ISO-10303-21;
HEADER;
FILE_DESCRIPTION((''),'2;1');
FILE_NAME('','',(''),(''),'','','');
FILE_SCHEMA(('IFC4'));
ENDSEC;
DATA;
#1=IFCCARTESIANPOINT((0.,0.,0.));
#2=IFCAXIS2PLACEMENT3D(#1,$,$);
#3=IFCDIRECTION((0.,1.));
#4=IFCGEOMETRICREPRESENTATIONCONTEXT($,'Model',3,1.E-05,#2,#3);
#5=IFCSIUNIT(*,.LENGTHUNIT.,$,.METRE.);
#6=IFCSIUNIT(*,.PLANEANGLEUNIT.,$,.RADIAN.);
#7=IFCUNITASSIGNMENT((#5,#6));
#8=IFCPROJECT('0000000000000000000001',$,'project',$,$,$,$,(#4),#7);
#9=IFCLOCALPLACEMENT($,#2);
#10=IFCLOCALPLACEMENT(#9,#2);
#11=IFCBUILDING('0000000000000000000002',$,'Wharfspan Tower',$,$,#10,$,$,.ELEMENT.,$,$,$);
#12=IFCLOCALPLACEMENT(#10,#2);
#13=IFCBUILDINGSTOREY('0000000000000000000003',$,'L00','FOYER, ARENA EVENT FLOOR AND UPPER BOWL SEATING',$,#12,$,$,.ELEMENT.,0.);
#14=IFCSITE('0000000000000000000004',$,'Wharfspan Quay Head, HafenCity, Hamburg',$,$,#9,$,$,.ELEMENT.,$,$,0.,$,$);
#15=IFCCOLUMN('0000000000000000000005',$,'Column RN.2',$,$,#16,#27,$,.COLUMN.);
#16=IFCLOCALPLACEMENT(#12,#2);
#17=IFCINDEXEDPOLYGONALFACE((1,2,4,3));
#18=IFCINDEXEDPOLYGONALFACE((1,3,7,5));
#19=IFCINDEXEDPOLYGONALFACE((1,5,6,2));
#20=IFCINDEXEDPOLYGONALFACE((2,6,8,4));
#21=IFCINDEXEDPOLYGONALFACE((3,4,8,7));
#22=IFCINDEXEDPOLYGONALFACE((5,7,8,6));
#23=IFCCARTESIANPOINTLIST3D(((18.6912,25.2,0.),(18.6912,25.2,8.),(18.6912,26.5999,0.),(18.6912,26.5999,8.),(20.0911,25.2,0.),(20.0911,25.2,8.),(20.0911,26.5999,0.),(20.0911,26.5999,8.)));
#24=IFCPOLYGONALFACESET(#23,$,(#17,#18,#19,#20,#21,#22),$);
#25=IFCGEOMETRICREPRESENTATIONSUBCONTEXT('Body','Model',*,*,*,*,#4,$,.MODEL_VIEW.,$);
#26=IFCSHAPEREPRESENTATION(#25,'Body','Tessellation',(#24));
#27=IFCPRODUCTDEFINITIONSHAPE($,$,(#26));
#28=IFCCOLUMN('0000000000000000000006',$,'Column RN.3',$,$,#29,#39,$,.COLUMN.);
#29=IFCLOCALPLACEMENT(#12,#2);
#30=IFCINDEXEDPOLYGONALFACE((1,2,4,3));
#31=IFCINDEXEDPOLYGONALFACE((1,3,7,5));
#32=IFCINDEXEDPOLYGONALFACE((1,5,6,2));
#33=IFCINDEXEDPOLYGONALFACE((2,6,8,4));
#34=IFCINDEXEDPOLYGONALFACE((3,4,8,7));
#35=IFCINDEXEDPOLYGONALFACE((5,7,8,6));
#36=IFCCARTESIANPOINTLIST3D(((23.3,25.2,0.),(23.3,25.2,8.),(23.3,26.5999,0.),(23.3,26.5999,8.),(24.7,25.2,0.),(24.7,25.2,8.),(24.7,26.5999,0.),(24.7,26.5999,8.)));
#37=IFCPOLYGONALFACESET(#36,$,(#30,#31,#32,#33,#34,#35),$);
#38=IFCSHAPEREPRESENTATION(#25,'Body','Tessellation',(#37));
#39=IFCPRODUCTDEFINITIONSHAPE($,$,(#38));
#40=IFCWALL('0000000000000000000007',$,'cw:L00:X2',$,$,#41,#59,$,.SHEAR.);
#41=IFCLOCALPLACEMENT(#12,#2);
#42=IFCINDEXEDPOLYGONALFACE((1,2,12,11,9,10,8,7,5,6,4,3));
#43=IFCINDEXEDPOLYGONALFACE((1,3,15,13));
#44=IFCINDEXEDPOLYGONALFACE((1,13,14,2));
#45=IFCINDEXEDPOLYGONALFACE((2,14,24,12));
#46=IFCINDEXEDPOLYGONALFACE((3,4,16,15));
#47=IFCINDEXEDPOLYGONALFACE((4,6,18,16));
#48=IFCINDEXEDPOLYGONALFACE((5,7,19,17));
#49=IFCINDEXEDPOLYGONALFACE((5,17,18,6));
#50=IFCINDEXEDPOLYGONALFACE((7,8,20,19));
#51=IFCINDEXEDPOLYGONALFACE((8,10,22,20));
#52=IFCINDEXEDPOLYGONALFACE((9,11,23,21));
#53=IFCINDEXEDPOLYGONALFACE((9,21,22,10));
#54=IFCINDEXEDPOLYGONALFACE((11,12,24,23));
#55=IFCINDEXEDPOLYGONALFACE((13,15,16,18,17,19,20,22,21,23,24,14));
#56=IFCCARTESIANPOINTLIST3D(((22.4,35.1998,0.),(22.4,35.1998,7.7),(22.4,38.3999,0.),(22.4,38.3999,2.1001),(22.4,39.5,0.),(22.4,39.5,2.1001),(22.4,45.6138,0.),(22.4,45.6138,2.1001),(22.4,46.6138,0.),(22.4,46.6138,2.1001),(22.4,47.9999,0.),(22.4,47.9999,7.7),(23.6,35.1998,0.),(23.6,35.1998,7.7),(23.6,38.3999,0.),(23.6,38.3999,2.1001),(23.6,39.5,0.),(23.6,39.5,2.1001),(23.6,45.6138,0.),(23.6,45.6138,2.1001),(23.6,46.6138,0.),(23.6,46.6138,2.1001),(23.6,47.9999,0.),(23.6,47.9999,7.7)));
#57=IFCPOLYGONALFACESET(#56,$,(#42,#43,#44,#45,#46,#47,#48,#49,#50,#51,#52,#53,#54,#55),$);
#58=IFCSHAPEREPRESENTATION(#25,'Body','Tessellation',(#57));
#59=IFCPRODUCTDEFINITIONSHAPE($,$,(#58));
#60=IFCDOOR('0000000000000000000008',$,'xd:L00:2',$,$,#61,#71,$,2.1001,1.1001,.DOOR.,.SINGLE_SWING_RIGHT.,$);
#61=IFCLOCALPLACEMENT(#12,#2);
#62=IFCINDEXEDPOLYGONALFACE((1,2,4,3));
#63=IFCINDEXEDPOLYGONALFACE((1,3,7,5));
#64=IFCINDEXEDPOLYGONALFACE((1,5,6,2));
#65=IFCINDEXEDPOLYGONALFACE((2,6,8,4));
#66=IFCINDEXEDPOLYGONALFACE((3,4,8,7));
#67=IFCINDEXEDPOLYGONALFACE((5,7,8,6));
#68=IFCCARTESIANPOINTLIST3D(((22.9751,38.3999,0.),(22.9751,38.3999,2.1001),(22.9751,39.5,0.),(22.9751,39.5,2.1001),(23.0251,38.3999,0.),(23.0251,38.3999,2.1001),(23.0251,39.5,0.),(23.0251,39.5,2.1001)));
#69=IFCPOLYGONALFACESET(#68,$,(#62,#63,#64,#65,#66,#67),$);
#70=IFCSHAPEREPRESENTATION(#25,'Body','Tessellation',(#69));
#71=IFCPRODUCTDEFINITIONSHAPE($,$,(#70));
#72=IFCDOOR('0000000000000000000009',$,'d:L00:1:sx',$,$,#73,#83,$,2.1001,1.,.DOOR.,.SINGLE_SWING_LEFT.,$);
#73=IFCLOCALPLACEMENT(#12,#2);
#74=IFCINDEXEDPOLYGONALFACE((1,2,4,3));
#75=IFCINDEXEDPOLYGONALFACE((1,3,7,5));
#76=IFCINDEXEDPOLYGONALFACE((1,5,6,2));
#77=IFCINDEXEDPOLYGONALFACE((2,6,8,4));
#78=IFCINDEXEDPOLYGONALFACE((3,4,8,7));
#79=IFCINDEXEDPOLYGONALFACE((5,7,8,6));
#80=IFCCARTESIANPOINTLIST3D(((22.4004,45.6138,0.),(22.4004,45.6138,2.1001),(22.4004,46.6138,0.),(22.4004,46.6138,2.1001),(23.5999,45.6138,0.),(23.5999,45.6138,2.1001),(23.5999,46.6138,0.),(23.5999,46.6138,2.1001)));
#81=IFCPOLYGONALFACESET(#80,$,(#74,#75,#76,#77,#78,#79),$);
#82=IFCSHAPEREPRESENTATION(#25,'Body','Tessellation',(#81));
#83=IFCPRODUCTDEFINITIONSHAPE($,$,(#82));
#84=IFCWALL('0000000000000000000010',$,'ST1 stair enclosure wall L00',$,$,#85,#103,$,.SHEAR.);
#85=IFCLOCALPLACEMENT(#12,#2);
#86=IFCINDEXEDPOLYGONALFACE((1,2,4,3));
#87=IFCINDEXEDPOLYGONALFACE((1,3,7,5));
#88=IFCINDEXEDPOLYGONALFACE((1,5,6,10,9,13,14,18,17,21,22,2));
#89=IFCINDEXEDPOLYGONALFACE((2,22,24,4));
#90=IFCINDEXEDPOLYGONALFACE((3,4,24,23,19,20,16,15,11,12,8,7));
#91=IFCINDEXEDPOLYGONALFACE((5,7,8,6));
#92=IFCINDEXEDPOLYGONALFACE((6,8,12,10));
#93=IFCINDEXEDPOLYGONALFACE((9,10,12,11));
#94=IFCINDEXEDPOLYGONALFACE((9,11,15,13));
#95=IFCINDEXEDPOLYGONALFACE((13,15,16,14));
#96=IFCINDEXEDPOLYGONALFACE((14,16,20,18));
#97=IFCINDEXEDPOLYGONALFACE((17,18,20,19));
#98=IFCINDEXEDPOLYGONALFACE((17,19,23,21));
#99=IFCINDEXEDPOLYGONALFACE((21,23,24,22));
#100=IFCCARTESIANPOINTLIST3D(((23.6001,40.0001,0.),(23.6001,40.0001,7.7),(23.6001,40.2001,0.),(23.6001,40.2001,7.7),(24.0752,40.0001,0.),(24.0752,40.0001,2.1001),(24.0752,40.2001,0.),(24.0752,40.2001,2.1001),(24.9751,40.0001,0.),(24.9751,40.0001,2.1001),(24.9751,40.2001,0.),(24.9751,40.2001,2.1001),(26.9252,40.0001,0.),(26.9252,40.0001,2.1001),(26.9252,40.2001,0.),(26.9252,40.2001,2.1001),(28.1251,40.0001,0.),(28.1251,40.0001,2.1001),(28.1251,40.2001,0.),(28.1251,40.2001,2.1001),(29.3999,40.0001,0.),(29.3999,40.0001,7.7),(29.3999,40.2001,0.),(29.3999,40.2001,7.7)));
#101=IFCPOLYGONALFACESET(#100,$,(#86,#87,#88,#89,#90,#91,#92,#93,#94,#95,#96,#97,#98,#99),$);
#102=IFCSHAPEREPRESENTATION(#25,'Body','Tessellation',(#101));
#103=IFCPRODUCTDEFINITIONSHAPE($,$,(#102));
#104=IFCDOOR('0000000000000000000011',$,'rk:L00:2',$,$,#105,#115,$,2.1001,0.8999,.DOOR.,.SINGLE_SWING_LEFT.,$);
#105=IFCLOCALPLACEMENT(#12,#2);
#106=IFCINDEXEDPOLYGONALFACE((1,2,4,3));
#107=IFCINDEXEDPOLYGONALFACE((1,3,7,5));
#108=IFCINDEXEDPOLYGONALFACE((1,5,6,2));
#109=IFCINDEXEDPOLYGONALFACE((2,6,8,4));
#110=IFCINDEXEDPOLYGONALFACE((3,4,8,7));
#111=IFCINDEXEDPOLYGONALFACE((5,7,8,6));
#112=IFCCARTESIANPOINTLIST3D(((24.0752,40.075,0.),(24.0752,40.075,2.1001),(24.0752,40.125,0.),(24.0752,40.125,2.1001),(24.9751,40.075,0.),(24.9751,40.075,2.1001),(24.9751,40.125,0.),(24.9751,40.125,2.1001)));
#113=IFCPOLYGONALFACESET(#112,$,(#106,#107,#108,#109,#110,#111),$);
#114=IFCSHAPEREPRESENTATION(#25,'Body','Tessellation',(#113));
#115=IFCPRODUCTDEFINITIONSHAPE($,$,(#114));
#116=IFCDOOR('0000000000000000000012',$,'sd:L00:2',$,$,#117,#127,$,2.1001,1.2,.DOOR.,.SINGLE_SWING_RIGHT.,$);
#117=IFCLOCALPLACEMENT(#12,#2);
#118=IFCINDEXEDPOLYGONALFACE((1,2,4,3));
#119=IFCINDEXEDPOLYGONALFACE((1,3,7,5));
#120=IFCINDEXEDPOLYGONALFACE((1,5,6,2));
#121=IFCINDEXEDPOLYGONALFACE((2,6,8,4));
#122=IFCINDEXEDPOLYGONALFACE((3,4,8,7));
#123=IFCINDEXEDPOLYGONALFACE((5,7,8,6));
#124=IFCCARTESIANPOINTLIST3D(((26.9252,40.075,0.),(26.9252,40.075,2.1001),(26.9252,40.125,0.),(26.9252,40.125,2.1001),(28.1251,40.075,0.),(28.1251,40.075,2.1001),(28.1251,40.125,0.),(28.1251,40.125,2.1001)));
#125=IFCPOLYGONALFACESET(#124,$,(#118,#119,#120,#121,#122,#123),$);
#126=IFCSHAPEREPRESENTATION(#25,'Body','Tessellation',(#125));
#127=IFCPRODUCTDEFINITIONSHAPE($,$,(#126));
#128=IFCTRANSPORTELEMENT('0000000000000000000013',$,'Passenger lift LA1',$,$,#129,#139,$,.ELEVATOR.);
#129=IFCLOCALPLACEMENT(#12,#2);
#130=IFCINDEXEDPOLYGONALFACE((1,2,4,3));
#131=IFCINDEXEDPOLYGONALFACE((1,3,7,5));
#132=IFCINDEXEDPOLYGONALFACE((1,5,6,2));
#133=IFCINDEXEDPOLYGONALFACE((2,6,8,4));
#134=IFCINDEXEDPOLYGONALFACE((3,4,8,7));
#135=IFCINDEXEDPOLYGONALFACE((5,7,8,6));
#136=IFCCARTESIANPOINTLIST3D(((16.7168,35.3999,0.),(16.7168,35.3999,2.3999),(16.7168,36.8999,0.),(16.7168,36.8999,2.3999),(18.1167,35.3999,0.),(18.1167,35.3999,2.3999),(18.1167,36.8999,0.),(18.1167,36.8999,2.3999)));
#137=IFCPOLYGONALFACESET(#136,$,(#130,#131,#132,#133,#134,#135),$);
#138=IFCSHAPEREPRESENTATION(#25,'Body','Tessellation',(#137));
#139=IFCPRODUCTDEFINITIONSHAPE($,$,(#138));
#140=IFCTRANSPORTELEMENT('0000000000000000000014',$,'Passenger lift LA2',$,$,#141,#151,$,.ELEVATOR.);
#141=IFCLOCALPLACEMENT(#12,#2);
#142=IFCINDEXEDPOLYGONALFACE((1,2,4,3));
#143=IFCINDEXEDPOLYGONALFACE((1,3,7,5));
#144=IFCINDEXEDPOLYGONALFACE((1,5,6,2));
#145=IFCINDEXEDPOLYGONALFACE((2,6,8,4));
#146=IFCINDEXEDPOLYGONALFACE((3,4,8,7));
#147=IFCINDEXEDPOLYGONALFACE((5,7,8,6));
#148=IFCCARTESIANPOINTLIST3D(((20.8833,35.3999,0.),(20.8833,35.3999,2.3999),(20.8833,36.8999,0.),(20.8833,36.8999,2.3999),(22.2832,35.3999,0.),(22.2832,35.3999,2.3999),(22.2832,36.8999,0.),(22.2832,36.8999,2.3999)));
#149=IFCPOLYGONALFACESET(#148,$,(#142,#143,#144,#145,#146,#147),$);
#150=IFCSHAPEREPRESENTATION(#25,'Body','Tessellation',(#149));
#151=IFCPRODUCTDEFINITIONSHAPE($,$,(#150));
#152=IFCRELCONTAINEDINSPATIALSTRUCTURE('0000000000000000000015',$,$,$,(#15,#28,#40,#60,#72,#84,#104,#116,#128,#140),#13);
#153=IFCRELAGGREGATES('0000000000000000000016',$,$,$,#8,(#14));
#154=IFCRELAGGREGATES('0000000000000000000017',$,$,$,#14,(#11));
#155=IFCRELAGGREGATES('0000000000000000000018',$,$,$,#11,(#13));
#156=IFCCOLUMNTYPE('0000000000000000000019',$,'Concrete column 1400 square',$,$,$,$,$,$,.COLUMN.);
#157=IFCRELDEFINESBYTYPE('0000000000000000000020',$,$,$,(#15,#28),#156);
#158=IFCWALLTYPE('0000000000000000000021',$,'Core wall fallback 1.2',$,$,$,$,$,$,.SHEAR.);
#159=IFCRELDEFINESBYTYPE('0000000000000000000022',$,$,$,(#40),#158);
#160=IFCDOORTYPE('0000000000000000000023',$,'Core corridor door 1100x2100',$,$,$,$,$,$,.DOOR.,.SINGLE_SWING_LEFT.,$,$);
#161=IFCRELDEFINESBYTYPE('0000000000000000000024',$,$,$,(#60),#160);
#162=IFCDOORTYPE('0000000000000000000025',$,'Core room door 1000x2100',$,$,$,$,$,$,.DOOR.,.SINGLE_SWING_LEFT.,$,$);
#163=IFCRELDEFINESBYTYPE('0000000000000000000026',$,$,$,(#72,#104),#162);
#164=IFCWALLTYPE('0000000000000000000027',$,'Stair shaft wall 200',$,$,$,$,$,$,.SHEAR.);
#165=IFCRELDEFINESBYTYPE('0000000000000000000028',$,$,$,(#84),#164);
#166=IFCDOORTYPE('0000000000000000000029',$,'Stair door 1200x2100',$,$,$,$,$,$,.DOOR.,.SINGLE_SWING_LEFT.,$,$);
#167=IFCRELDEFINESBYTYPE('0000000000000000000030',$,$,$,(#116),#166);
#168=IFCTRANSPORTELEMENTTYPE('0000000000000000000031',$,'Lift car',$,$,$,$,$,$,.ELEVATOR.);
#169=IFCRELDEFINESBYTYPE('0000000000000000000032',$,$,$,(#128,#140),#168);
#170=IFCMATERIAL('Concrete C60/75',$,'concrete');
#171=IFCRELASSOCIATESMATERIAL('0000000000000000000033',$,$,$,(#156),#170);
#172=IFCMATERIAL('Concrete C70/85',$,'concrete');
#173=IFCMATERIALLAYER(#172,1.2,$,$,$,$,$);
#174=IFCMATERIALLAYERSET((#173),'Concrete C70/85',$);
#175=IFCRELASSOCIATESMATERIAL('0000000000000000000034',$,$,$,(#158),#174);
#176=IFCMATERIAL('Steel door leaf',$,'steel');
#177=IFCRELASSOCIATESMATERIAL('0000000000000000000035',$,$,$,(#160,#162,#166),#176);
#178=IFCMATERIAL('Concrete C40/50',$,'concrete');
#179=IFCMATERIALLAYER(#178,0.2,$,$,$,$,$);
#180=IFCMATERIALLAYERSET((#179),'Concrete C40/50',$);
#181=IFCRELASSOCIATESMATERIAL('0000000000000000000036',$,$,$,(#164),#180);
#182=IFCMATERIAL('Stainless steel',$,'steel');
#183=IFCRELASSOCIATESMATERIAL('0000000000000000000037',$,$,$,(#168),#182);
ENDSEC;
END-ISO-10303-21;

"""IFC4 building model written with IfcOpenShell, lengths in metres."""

from ifc_helpers import new_model, si_unit, direction, frame, frame_2d, origin, origin_2d, place, context, subcontext, project, spatial, rectangle, extrude, material, layer, layer_set, material_profile, profile_set, type_object, element, fill, save


model = new_model("IFC4")

# Units and contexts
model_context = context("Model", 3, precision=1e-05, world=origin(), true_north=direction((0.0, 1.0)))
body_context = subcontext(model_context, "Body", "Model", "MODEL_VIEW")
ifc_project = project(units=[si_unit("LENGTHUNIT", "METRE"), si_unit("PLANEANGLEUNIT", "RADIAN")], contexts=[model_context])

# Site, building, storey
site_placement = place(None, origin())
site = spatial("IfcSite", under=ifc_project, at=site_placement, Name="Wharfspan Quay Head, HafenCity, Hamburg", CompositionType="ELEMENT", RefElevation=0.0)
building_placement = place(site_placement, origin())
building = spatial("IfcBuilding", under=site, at=building_placement, Name="Wharfspan Tower", CompositionType="ELEMENT")
storey_placement = place(building_placement, origin())
storey = spatial("IfcBuildingStorey", under=building, at=storey_placement, Name="L00", Description="FOYER, ARENA EVENT FLOOR AND UPPER BOWL SEATING", CompositionType="ELEMENT", Elevation=0.0)

# Columns
ifc_material_1 = material(Name="Concrete C60/75", Category="concrete")
ifc_material_profile = material_profile(ifc_material_1, rectangle(XDim=1.3999, YDim=1.3999, at=origin_2d()))
ifc_profile_set = profile_set([ifc_material_profile], Name="Concrete C60/75")
column_type = type_object("IfcColumnType", Name="Concrete column 1400 square", PredefinedType="COLUMN", material=ifc_profile_set)
for number, where, z_axis, x_axis, name in (
    (1, (19.3911, 25.8999, 0.0), (0.0, 0.0, 1.0), (1.0, 0.0, 0.0), "Column RN.2"),
    (2, (24.0, 25.8999, 0.0), (0.0, 0.0, 1.0), (1.0, 0.0, 0.0), "Column RN.3"),
):
    element("IfcColumn", number, at=place(storey_placement, frame(where, z_axis=z_axis, x_axis=x_axis)), inside=storey, type_object=column_type, Name=name, PredefinedType="COLUMN", context=body_context, shape_type="SweptSolid", body=[
        extrude(rectangle(XDim=1.3999, YDim=1.3999, at=origin_2d()), origin(), (0.0, 0.0, 1.0), 8.0),
    ])

# Walls, openings, doors
ifc_material_2 = material(Name="Concrete C70/85", Category="concrete")
ifc_layer_1 = layer(ifc_material_2, 1.2)
ifc_layer_set_1 = layer_set([ifc_layer_1], Name="Concrete C70/85")
wall_type_1 = type_object("IfcWallType", Name="Core wall fallback 1.2", PredefinedType="SHEAR", material=ifc_layer_set_1)
wall_1_placement = place(storey_placement, frame((23.0, 35.2, 0.0), z_axis=(0.0, 0.0, 1.0), x_axis=(0.0, 1.0, 0.0)))
wall_1 = element("IfcWall", 3, at=wall_1_placement, inside=storey, type_object=wall_type_1, Name="cw:L00:X2", PredefinedType="SHEAR", context=body_context, shape_type="SweptSolid", body=[
    extrude(rectangle(XDim=12.8, YDim=1.2, at=frame_2d((6.3999, 0.0))), origin(), (0.0, 0.0, 1.0), 7.7),
])
opening_1_placement = place(wall_1_placement, frame((10.4138, 0.0, 0.0)))
opening_1 = element("IfcOpeningElement", 4, at=opening_1_placement, cuts=wall_1, PredefinedType="OPENING", context=body_context, shape_type="SweptSolid", body=[
    extrude(rectangle(XDim=1.0, YDim=2.1001, at=frame_2d((0.5, 1.05))), frame((0.0, 0.6099, 0.0), z_axis=(0.0, -1.0, 0.0), x_axis=(1.0, 0.0, 0.0)), (0.0, 0.0, 1.0), 1.22),
])
opening_2_placement = place(wall_1_placement, frame((3.2, 0.0, 0.0)))
opening_2 = element("IfcOpeningElement", 5, at=opening_2_placement, cuts=wall_1, PredefinedType="OPENING", context=body_context, shape_type="SweptSolid", body=[
    extrude(rectangle(XDim=1.1001, YDim=2.1001, at=frame_2d((0.55, 1.05))), frame((0.0, 0.6099, 0.0), z_axis=(0.0, -1.0, 0.0), x_axis=(1.0, 0.0, 0.0)), (0.0, 0.0, 1.0), 1.22),
])
ifc_material_3 = material(Name="Steel door leaf", Category="steel")
door_type_1 = type_object("IfcDoorType", Name="Core corridor door 1100x2100", OperationType="SINGLE_SWING_LEFT", PredefinedType="DOOR", material=ifc_material_3)
door_1_placement = place(opening_2_placement, origin())
door_1 = element("IfcDoor", 6, at=door_1_placement, inside=storey, type_object=door_type_1, Name="xd:L00:2", OperationType="SINGLE_SWING_RIGHT", OverallHeight=2.1001, OverallWidth=1.1001, PredefinedType="DOOR", context=body_context, shape_type="SweptSolid", body=[
    extrude(rectangle(XDim=1.1001, YDim=2.1001, at=frame_2d((0.55, 1.05))), frame((0.0, 0.0249, 0.0), z_axis=(0.0, -1.0, 0.0), x_axis=(1.0, 0.0, 0.0)), (0.0, 0.0, 1.0), 0.05),
])
fill(opening_2, door_1)
door_type_2 = type_object("IfcDoorType", Name="Core room door 1000x2100", OperationType="SINGLE_SWING_LEFT", PredefinedType="DOOR", material=ifc_material_3)
door_2_placement = place(opening_1_placement, origin())
door_2 = element("IfcDoor", 7, at=door_2_placement, inside=storey, type_object=door_type_2, Name="d:L00:1:sx", OperationType="SINGLE_SWING_LEFT", OverallHeight=2.1001, OverallWidth=1.0, PredefinedType="DOOR", context=body_context, shape_type="SweptSolid", body=[
    extrude(rectangle(XDim=1.0, YDim=2.1001, at=frame_2d((0.5, 1.05))), frame((0.0, 0.5996, 0.0), z_axis=(0.0, -1.0, 0.0), x_axis=(1.0, 0.0, 0.0)), (0.0, 0.0, 1.0), 1.1995),
])
fill(opening_1, door_2)
ifc_material_4 = material(Name="Concrete C40/50", Category="concrete")
ifc_layer_2 = layer(ifc_material_4, 0.2)
ifc_layer_set_2 = layer_set([ifc_layer_2], Name="Concrete C40/50")
wall_type_2 = type_object("IfcWallType", Name="Stair shaft wall 200", PredefinedType="SHEAR", material=ifc_layer_set_2)
wall_2_placement = place(storey_placement, frame((23.6001, 40.1001, 0.0), z_axis=(0.0, 0.0, 1.0), x_axis=(1.0, 0.0, 0.0)))
wall_2 = element("IfcWall", 8, at=wall_2_placement, inside=storey, type_object=wall_type_2, Name="ST1 stair enclosure wall L00", PredefinedType="SHEAR", context=body_context, shape_type="SweptSolid", body=[
    extrude(rectangle(XDim=5.7998, YDim=0.2, at=frame_2d((2.8999, 0.0))), origin(), (0.0, 0.0, 1.0), 7.7),
])
opening_3_placement = place(wall_2_placement, frame((3.325, 0.0, 0.0)))
opening_3 = element("IfcOpeningElement", 9, at=opening_3_placement, cuts=wall_2, PredefinedType="OPENING", context=body_context, shape_type="SweptSolid", body=[
    extrude(rectangle(XDim=1.2, YDim=2.1001, at=frame_2d((0.6001, 1.05))), frame((0.0, 0.1099, 0.0), z_axis=(0.0, -1.0, 0.0), x_axis=(1.0, 0.0, 0.0)), (0.0, 0.0, 1.0), 0.22),
])
opening_4_placement = place(wall_2_placement, frame((0.4751, 0.0, 0.0)))
opening_4 = element("IfcOpeningElement", 10, at=opening_4_placement, cuts=wall_2, PredefinedType="OPENING", context=body_context, shape_type="SweptSolid", body=[
    extrude(rectangle(XDim=0.8999, YDim=2.1001, at=frame_2d((0.45, 1.05))), frame((0.0, 0.1099, 0.0), z_axis=(0.0, -1.0, 0.0), x_axis=(1.0, 0.0, 0.0)), (0.0, 0.0, 1.0), 0.22),
])
door_3_placement = place(opening_4_placement, origin())
door_3 = element("IfcDoor", 11, at=door_3_placement, inside=storey, type_object=door_type_2, Name="rk:L00:2", OperationType="SINGLE_SWING_LEFT", OverallHeight=2.1001, OverallWidth=0.8999, PredefinedType="DOOR", context=body_context, shape_type="SweptSolid", body=[
    extrude(rectangle(XDim=0.8999, YDim=2.1001, at=frame_2d((0.45, 1.05))), frame((0.0, 0.0249, 0.0), z_axis=(0.0, -1.0, 0.0), x_axis=(1.0, 0.0, 0.0)), (0.0, 0.0, 1.0), 0.05),
])
fill(opening_4, door_3)
door_type_3 = type_object("IfcDoorType", Name="Stair door 1200x2100", OperationType="SINGLE_SWING_LEFT", PredefinedType="DOOR", material=ifc_material_3)
door_4_placement = place(opening_3_placement, origin())
door_4 = element("IfcDoor", 12, at=door_4_placement, inside=storey, type_object=door_type_3, Name="sd:L00:2", OperationType="SINGLE_SWING_RIGHT", OverallHeight=2.1001, OverallWidth=1.2, PredefinedType="DOOR", context=body_context, shape_type="SweptSolid", body=[
    extrude(rectangle(XDim=1.2, YDim=2.1001, at=frame_2d((0.6001, 1.05))), frame((0.0, 0.0249, 0.0), z_axis=(0.0, -1.0, 0.0), x_axis=(1.0, 0.0, 0.0)), (0.0, 0.0, 1.0), 0.05),
])
fill(opening_3, door_4)

# Transport elements
ifc_material_5 = material(Name="Stainless steel", Category="steel")
transport_element_type = type_object("IfcTransportElementType", Name="Lift car", PredefinedType="ELEVATOR", material=ifc_material_5)
for number, where, z_axis, x_axis, name in (
    (13, (17.4167, 36.1499, 0.0), (0.0, 0.0, 1.0), (1.0, 0.0, 0.0), "Passenger lift LA1"),
    (14, (21.5833, 36.1499, 0.0), (0.0, 0.0, 1.0), (1.0, 0.0, 0.0), "Passenger lift LA2"),
):
    element("IfcTransportElement", number, at=place(storey_placement, frame(where, z_axis=z_axis, x_axis=x_axis)), inside=storey, type_object=transport_element_type, Name=name, PredefinedType="ELEVATOR", context=body_context, shape_type="SweptSolid", body=[
        extrude(rectangle(XDim=1.3999, YDim=1.5, at=origin_2d()), origin(), (0.0, 0.0, 1.0), 2.3999),
    ])

save(model, "model.ifc")
